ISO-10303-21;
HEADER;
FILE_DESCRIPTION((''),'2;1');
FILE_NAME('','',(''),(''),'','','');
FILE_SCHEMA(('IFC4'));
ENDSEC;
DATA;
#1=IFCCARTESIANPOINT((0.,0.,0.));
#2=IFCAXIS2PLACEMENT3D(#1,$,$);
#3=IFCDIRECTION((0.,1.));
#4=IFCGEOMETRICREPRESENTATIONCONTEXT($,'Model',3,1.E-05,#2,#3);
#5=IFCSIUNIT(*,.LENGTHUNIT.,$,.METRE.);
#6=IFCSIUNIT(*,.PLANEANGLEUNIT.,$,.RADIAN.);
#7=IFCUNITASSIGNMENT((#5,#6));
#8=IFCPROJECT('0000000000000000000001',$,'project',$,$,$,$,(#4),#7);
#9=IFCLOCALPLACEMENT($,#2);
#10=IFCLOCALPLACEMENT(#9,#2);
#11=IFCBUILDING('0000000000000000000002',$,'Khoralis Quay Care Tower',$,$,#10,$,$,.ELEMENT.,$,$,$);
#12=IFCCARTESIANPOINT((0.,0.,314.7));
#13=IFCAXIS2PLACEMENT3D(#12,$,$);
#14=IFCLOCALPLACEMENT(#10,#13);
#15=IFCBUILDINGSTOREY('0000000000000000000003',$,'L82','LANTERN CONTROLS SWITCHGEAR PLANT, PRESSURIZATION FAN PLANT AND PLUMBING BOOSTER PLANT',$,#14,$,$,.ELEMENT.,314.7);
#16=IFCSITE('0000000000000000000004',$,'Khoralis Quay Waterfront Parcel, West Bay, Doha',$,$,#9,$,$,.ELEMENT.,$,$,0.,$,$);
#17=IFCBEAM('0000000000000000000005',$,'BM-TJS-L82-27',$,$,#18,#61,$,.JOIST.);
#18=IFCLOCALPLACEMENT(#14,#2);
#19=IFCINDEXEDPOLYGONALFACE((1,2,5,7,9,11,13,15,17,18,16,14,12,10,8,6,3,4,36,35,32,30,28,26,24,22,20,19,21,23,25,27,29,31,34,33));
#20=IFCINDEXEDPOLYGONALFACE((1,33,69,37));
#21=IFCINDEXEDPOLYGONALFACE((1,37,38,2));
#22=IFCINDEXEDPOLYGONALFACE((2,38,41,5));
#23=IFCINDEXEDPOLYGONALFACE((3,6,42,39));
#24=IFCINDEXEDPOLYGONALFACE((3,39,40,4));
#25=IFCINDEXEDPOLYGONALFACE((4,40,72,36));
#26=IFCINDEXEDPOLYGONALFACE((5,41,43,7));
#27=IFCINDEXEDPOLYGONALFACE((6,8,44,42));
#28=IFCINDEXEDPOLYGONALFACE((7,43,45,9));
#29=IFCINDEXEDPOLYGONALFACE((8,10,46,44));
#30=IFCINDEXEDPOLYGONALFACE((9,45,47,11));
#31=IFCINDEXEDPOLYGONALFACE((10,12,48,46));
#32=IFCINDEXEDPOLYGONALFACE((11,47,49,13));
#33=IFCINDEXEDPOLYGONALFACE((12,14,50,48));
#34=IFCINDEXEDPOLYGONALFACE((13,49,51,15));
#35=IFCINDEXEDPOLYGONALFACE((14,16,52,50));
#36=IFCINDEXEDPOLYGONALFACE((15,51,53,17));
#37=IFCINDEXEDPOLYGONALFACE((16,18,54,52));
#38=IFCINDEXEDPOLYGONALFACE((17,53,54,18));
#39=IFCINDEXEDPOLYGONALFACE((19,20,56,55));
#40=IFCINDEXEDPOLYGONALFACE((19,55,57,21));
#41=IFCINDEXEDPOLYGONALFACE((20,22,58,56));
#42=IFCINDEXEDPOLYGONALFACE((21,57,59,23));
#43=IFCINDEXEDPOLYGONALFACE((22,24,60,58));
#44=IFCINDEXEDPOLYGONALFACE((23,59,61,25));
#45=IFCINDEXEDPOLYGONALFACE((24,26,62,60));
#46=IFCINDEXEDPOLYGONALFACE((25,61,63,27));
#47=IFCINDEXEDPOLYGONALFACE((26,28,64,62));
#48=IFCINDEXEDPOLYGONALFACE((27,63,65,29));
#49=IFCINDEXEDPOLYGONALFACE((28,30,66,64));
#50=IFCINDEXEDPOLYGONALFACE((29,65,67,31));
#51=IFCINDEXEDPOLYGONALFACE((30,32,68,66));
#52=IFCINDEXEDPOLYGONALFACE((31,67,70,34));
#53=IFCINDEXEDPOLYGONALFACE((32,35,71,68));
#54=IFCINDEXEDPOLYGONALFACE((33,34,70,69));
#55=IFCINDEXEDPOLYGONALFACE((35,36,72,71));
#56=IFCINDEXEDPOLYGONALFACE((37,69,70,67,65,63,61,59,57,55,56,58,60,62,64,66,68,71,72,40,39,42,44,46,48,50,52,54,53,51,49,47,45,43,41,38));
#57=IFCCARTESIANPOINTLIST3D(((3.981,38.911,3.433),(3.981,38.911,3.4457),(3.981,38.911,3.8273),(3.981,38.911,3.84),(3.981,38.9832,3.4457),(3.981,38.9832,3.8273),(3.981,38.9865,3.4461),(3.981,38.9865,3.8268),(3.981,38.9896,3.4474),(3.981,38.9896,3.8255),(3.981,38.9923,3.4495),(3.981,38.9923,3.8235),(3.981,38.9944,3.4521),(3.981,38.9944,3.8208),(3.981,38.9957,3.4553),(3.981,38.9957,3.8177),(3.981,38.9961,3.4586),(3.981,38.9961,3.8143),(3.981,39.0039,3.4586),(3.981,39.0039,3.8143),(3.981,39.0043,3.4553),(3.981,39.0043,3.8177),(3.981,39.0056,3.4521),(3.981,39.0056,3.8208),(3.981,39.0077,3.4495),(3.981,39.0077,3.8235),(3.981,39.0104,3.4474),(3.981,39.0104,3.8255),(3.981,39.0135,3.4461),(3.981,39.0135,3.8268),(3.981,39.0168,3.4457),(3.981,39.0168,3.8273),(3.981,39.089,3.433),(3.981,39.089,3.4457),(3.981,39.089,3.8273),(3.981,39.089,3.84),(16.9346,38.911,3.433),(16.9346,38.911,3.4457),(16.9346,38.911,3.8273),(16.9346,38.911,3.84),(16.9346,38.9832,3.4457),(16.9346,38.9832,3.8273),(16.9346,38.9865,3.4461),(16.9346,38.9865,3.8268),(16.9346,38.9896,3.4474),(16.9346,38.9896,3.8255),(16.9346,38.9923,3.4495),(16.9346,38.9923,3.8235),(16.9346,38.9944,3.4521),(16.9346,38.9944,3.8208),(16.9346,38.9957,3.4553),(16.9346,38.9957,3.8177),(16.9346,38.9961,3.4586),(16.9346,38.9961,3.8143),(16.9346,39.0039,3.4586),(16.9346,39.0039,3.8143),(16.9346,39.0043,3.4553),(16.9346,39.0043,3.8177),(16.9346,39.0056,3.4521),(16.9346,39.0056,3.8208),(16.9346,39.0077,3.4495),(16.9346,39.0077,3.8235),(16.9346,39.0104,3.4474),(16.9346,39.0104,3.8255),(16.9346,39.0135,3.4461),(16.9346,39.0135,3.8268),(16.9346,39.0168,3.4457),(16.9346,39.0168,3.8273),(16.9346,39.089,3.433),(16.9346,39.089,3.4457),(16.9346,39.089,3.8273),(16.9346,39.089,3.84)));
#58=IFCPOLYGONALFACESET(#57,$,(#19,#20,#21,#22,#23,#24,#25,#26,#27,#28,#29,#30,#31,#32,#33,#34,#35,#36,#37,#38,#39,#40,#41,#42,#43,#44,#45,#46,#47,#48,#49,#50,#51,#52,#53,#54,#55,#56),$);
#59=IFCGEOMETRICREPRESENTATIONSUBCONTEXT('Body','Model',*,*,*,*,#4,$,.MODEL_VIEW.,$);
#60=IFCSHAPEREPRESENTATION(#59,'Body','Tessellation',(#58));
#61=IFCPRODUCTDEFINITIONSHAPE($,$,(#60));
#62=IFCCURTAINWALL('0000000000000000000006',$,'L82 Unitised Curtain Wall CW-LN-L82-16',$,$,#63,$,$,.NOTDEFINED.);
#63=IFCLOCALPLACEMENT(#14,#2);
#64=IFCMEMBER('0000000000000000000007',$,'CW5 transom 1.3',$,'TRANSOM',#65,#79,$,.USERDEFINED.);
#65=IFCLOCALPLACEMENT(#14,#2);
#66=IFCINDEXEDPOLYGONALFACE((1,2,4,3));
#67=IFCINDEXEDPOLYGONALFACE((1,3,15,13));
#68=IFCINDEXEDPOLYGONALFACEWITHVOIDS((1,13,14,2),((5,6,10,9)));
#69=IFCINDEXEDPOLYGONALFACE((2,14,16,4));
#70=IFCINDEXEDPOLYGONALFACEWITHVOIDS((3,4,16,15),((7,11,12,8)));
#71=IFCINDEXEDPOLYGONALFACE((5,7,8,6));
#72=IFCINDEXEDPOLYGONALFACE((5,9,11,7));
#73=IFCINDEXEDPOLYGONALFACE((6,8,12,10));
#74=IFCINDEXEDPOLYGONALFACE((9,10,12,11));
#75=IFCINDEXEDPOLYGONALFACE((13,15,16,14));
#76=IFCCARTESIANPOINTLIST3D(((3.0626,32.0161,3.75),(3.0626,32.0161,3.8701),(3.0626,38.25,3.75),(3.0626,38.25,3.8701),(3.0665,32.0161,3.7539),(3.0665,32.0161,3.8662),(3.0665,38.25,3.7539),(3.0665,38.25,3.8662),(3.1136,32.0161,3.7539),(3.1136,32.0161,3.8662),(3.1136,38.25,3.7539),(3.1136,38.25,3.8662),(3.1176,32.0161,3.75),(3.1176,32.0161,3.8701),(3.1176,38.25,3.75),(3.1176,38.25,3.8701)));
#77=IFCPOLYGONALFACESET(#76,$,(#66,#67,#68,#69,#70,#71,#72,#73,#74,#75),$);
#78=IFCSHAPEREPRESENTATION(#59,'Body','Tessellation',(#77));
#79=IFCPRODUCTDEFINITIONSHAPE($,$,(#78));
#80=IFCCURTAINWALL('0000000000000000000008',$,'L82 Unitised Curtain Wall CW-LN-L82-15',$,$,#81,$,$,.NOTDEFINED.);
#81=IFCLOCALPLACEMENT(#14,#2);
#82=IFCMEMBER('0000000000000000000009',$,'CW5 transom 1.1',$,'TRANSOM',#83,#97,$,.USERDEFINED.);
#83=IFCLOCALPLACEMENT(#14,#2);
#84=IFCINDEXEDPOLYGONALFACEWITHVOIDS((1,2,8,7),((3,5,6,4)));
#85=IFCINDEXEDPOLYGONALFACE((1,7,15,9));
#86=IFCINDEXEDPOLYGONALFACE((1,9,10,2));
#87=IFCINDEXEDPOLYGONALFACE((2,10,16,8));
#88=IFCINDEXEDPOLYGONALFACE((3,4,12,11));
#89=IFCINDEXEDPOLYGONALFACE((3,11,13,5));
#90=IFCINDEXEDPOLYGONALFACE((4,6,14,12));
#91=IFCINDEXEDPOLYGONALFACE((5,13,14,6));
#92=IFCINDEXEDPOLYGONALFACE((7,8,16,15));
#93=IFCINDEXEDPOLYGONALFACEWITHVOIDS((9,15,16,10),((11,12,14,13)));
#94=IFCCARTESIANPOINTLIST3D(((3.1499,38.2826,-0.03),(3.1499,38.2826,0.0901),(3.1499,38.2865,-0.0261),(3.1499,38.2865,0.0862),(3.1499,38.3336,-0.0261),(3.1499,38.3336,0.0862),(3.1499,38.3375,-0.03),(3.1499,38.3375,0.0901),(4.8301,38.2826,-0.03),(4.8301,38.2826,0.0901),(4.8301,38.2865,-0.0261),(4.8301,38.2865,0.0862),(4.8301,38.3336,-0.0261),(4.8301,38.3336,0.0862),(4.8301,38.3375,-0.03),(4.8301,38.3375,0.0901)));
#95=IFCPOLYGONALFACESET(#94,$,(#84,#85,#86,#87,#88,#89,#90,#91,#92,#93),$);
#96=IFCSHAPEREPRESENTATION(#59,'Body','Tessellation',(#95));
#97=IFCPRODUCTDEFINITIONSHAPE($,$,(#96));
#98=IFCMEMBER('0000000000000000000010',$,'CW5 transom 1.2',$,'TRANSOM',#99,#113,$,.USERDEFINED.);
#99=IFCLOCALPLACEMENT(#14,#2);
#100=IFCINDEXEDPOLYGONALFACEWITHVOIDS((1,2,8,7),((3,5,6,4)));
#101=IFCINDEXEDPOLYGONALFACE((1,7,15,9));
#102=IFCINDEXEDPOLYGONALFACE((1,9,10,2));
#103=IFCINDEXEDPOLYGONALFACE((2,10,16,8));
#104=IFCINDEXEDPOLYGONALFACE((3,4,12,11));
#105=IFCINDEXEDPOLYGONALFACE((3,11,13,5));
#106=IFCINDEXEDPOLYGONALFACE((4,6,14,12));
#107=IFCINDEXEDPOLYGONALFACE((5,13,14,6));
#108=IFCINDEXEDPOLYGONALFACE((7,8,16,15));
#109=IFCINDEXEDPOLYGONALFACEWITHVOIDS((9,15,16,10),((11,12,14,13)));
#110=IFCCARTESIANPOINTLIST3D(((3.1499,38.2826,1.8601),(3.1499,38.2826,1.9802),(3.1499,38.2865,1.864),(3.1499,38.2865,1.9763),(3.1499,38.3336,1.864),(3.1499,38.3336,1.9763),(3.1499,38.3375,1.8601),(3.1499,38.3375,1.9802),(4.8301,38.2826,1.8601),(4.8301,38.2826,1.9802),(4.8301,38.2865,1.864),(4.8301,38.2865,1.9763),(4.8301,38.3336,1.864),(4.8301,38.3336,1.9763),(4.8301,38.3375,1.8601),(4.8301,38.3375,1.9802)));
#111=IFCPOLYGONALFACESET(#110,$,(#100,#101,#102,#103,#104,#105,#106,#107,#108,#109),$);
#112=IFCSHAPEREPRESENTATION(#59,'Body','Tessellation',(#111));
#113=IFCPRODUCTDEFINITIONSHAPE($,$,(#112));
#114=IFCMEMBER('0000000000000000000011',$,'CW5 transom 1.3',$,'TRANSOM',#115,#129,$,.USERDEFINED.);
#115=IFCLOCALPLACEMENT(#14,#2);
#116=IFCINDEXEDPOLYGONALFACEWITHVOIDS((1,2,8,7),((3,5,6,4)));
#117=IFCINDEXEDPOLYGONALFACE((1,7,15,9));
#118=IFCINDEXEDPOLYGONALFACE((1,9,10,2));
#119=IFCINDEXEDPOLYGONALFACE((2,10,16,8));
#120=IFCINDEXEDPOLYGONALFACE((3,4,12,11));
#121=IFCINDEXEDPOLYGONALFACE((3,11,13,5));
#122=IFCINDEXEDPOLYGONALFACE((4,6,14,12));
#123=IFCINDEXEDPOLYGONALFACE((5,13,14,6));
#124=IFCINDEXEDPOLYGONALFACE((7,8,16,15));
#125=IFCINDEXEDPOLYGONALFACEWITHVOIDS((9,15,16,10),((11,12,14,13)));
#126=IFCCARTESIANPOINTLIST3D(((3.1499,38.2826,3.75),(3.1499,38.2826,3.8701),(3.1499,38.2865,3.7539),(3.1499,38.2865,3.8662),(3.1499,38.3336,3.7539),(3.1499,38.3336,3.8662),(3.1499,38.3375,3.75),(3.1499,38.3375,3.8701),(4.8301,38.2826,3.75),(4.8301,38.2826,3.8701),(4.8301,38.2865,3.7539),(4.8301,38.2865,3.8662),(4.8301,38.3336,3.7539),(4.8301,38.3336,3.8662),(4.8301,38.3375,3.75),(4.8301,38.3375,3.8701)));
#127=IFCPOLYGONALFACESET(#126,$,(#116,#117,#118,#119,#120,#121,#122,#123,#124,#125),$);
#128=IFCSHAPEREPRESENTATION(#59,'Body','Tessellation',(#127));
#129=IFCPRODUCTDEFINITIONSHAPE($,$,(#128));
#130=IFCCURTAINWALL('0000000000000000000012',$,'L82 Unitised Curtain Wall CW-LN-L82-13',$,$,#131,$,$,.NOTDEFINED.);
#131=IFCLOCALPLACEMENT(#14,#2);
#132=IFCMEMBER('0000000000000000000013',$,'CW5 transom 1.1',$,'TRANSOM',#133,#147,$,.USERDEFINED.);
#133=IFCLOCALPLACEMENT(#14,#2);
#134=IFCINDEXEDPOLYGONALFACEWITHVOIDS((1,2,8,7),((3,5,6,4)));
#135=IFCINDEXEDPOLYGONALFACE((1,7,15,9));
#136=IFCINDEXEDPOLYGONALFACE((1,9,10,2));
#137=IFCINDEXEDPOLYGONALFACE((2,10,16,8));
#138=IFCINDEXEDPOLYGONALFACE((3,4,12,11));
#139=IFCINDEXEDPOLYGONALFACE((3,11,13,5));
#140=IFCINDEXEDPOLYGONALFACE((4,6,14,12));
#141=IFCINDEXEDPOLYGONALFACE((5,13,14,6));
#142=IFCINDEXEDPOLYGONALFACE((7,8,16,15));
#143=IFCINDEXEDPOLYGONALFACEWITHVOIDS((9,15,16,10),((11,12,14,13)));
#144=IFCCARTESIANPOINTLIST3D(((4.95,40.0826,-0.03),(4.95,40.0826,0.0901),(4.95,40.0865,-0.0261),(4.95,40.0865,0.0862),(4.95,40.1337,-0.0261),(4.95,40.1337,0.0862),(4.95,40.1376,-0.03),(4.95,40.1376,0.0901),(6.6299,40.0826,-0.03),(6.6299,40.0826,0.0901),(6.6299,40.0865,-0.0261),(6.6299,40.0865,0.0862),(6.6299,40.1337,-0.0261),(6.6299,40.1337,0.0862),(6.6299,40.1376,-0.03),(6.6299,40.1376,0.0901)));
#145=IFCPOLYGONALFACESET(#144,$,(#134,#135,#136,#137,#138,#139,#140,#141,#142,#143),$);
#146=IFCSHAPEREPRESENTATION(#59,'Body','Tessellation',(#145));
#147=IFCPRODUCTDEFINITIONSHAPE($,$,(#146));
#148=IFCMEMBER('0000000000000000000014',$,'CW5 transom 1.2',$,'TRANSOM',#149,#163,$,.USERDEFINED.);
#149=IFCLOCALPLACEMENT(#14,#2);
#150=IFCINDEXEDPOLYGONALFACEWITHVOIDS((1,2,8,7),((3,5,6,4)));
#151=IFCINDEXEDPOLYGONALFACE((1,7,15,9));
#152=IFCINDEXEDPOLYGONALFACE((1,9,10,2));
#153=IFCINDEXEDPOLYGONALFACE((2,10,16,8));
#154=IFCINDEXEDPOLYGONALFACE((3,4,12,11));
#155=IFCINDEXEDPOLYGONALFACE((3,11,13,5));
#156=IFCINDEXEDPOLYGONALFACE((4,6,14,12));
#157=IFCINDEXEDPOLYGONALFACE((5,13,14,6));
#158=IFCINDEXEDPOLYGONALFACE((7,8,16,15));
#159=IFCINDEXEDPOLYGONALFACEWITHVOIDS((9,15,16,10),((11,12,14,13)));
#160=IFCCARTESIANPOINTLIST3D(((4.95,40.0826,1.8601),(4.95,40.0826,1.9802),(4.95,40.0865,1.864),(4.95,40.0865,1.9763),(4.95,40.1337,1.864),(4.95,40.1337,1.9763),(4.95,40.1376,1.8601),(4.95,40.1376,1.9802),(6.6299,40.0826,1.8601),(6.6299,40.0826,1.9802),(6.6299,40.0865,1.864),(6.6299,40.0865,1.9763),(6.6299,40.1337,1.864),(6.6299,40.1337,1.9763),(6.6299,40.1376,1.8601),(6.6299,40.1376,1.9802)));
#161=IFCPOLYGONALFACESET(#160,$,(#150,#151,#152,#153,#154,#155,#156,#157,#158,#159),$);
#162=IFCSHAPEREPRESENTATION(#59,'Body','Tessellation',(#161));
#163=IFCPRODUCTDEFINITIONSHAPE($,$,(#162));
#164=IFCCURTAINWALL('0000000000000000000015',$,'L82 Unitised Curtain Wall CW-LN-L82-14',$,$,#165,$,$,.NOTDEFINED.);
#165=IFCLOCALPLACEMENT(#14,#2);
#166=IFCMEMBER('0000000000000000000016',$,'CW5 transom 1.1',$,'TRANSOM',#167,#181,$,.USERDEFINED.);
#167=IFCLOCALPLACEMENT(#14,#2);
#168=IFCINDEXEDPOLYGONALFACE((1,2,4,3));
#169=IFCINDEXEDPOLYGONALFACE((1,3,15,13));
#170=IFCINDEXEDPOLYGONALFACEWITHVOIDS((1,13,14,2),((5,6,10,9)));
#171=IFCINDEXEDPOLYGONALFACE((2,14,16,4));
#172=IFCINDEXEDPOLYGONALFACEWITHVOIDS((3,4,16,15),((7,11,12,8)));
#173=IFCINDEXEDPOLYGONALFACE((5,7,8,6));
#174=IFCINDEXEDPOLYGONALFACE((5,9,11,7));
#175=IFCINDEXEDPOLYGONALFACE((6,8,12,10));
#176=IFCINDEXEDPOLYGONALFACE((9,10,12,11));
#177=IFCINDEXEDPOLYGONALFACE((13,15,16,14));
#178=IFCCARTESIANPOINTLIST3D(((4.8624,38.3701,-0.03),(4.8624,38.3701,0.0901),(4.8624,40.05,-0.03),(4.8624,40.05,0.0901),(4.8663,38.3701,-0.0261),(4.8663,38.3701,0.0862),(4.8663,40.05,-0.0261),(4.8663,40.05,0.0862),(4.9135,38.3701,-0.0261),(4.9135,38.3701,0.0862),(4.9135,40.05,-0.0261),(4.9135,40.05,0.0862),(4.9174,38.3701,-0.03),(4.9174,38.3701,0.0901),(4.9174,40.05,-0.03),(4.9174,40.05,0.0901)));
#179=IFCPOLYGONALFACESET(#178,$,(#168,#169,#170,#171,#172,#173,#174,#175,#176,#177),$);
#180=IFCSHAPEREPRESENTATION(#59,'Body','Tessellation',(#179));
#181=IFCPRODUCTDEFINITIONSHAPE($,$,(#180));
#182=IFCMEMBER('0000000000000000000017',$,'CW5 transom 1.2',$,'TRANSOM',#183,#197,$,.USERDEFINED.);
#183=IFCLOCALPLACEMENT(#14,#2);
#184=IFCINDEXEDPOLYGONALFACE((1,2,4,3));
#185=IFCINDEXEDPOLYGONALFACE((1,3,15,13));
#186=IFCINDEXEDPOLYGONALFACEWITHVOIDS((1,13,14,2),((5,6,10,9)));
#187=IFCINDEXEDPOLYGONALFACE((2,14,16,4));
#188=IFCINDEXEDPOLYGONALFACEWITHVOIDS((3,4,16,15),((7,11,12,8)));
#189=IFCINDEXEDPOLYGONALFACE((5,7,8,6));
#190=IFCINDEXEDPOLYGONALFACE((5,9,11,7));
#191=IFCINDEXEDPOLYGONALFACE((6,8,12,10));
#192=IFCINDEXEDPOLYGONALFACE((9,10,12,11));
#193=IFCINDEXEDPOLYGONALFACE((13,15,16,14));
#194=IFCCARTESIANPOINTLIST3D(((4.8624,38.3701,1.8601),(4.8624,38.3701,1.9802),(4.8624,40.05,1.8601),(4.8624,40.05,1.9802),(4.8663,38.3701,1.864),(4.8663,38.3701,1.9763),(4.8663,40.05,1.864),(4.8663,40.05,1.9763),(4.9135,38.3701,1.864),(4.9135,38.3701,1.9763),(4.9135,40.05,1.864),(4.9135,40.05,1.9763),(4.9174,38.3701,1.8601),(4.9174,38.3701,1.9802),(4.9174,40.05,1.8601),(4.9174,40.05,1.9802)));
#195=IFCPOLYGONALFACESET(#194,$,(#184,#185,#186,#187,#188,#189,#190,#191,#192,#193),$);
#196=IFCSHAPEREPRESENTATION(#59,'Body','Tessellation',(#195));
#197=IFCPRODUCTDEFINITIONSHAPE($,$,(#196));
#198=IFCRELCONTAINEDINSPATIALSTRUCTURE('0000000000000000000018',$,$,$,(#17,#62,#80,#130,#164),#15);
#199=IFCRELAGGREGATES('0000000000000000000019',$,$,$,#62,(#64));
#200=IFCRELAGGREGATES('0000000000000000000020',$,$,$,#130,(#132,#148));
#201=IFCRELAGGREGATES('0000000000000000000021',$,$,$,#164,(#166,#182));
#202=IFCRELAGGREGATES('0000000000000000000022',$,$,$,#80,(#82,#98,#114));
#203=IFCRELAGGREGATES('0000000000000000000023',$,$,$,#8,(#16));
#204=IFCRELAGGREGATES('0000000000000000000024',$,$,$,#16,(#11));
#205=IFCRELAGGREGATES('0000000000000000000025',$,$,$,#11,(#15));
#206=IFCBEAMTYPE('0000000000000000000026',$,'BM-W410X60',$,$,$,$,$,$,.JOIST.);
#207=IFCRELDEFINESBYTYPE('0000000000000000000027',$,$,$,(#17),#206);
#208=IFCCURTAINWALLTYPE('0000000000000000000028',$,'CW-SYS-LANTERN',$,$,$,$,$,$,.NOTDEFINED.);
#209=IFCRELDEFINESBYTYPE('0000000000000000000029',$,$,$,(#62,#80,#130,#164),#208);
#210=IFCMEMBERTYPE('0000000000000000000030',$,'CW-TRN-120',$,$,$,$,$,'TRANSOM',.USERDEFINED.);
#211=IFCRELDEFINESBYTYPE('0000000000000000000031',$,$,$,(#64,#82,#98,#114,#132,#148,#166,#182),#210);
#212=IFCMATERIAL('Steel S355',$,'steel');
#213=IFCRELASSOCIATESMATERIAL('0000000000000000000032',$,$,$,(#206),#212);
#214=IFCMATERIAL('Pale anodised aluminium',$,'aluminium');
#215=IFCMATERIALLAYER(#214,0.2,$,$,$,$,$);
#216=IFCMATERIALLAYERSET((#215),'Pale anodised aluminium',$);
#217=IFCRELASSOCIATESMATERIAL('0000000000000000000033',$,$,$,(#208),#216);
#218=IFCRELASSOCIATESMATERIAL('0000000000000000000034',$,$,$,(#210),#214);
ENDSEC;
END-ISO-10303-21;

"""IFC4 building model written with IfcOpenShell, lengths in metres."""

from ifc_helpers import new_model, si_unit, direction, frame, origin, origin_2d, place, context, subcontext, project, spatial, hollow_rectangle, i_section, extrude, source, transform, mapped, material, layer, layer_set, material_profile, profile_set, type_object, element, aggregate, save


model = new_model("IFC4")

# Units and contexts
model_context = context("Model", 3, precision=1e-05, world=origin(), true_north=direction((0.0, 1.0)))
body_context = subcontext(model_context, "Body", "Model", "MODEL_VIEW")
ifc_project = project(units=[si_unit("LENGTHUNIT", "METRE"), si_unit("PLANEANGLEUNIT", "RADIAN")], contexts=[model_context])

# Site, building, storey
site_placement = place(None, origin())
site = spatial("IfcSite", under=ifc_project, at=site_placement, Name="Khoralis Quay Waterfront Parcel, West Bay, Doha", CompositionType="ELEMENT", RefElevation=0.0)
building_placement = place(site_placement, origin())
building = spatial("IfcBuilding", under=site, at=building_placement, Name="Khoralis Quay Care Tower", CompositionType="ELEMENT")
storey_placement = place(building_placement, frame((0.0, 0.0, 314.7)))
storey = spatial("IfcBuildingStorey", under=building, at=storey_placement, Name="L82", Description="LANTERN CONTROLS SWITCHGEAR PLANT, PRESSURIZATION FAN PLANT AND PLUMBING BOOSTER PLANT", CompositionType="ELEMENT", Elevation=314.7)

# Beam
ifc_material_1 = material(Name="Steel S355", Category="steel")
ifc_material_profile_1 = material_profile(ifc_material_1, i_section(OverallWidth=0.178, OverallDepth=0.407, WebThickness=0.0078, FlangeThickness=0.0127, FilletRadius=0.0129, at=origin_2d()), Name="Steel S355")
ifc_profile_set_1 = profile_set([ifc_material_profile_1], Name="Steel S355")
beam_type = type_object("IfcBeamType", Name="BM-W410X60", PredefinedType="JOIST", material=ifc_profile_set_1)
shared_shape_1 = source(origin(), body_context, "Body", "SweptSolid", [
    extrude(i_section(OverallWidth=0.178, OverallDepth=0.407, WebThickness=0.0078, FlangeThickness=0.0127, FilletRadius=0.0129, at=origin_2d()), origin(), (0.0, 0.0, 1.0), 12.9536),
])
beam_placement = place(storey_placement, frame((3.981, 39.0, 3.6365), z_axis=(1.0, 0.0, 0.0), x_axis=(0.0, 1.0, 0.0)))
element("IfcBeam", 1, at=beam_placement, inside=storey, type_object=beam_type, Name="BM-TJS-L82-27", PredefinedType="JOIST", context=body_context, shape_type="MappedRepresentation", body=[
    mapped(shared_shape_1, transform((0.0, 0.0, 0.0), scale=1.0)),
])

# Curtain wall, member
ifc_material_2 = material(Name="Pale anodised aluminium", Category="aluminium")
ifc_layer_1 = layer(ifc_material_2, 0.2)
ifc_layer_set_1 = layer_set([ifc_layer_1], Name="Pale anodised aluminium")
curtain_wall_type = type_object("IfcCurtainWallType", Name="CW-SYS-LANTERN", PredefinedType="NOTDEFINED", material=ifc_layer_set_1)
curtain_wall_1_placement = place(storey_placement, origin())
curtain_wall_1 = element("IfcCurtainWall", 2, at=curtain_wall_1_placement, inside=storey, type_object=curtain_wall_type, Name="L82 Unitised Curtain Wall CW-LN-L82-16", PredefinedType="NOTDEFINED")
ifc_material_profile_2 = material_profile(ifc_material_2, hollow_rectangle(XDim=0.0549, YDim=0.1201, WallThickness=0.0039, at=origin_2d()), Name="Pale anodised aluminium")
ifc_profile_set_2 = profile_set([ifc_material_profile_2], Name="Pale anodised aluminium")
member_type_1 = type_object("IfcMemberType", Name="CW-TRN-120", ElementType="TRANSOM", PredefinedType="USERDEFINED", material=ifc_profile_set_2)
shared_shape_2 = source(origin(), body_context, "Body", "SweptSolid", [
    extrude(hollow_rectangle(XDim=0.0549, YDim=0.1201, WallThickness=0.0039, at=origin_2d()), origin(), (0.0, 0.0, 1.0), 6.2339),
])
member_1_placement = place(storey_placement, frame((3.0901, 38.25, 3.8101), z_axis=(0.0, -1.0, 0.0), x_axis=(1.0, 0.0, 0.0)))
member_1 = element("IfcMember", 3, at=member_1_placement, type_object=member_type_1, Name="CW5 transom 1.3", ObjectType="TRANSOM", PredefinedType="USERDEFINED", context=body_context, shape_type="MappedRepresentation", body=[
    mapped(shared_shape_2, transform((0.0, 0.0, 0.0), scale=1.0)),
])

# Curtain walls, members
curtain_wall_2_placement = place(storey_placement, origin())
curtain_wall_2 = element("IfcCurtainWall", 4, at=curtain_wall_2_placement, inside=storey, type_object=curtain_wall_type, Name="L82 Unitised Curtain Wall CW-LN-L82-15", PredefinedType="NOTDEFINED")
shared_shape_3 = source(origin(), body_context, "Body", "SweptSolid", [
    extrude(hollow_rectangle(XDim=0.0549, YDim=0.1201, WallThickness=0.0039, at=origin_2d()), origin(), (0.0, 0.0, 1.0), 1.6802),
])
member_2_placement = place(storey_placement, frame((4.8301, 38.3101, 0.03), z_axis=(-1.0, 0.0, 0.0), x_axis=(0.0, -1.0, 0.0)))
member_2 = element("IfcMember", 5, at=member_2_placement, type_object=member_type_1, Name="CW5 transom 1.1", ObjectType="TRANSOM", PredefinedType="USERDEFINED", context=body_context, shape_type="MappedRepresentation", body=[
    mapped(shared_shape_3, transform((0.0, 0.0, 0.0), scale=1.0)),
])
member_3_placement = place(storey_placement, frame((4.8301, 38.3101, 1.9202), z_axis=(-1.0, 0.0, 0.0), x_axis=(0.0, -1.0, 0.0)))
member_3 = element("IfcMember", 6, at=member_3_placement, type_object=member_type_1, Name="CW5 transom 1.2", ObjectType="TRANSOM", PredefinedType="USERDEFINED", context=body_context, shape_type="MappedRepresentation", body=[
    mapped(shared_shape_3, transform((0.0, 0.0, 0.0), scale=1.0)),
])
member_4_placement = place(storey_placement, frame((4.8301, 38.3101, 3.8101), z_axis=(-1.0, 0.0, 0.0), x_axis=(0.0, -1.0, 0.0)))
member_4 = element("IfcMember", 7, at=member_4_placement, type_object=member_type_1, Name="CW5 transom 1.3", ObjectType="TRANSOM", PredefinedType="USERDEFINED", context=body_context, shape_type="MappedRepresentation", body=[
    mapped(shared_shape_3, transform((0.0, 0.0, 0.0), scale=1.0)),
])
curtain_wall_3_placement = place(storey_placement, origin())
curtain_wall_3 = element("IfcCurtainWall", 8, at=curtain_wall_3_placement, inside=storey, type_object=curtain_wall_type, Name="L82 Unitised Curtain Wall CW-LN-L82-13", PredefinedType="NOTDEFINED")
shared_shape_4 = source(origin(), body_context, "Body", "SweptSolid", [
    extrude(hollow_rectangle(XDim=0.0549, YDim=0.1201, WallThickness=0.0039, at=origin_2d()), origin(), (0.0, 0.0, 1.0), 1.6799),
])
member_5_placement = place(storey_placement, frame((6.6299, 40.1101, 0.03), z_axis=(-1.0, 0.0, 0.0), x_axis=(0.0, -1.0, 0.0)))
member_5 = element("IfcMember", 9, at=member_5_placement, type_object=member_type_1, Name="CW5 transom 1.1", ObjectType="TRANSOM", PredefinedType="USERDEFINED", context=body_context, shape_type="MappedRepresentation", body=[
    mapped(shared_shape_4, transform((0.0, 0.0, 0.0), scale=1.0)),
])
member_6_placement = place(storey_placement, frame((6.6299, 40.1101, 1.9202), z_axis=(-1.0, 0.0, 0.0), x_axis=(0.0, -1.0, 0.0)))
member_6 = element("IfcMember", 10, at=member_6_placement, type_object=member_type_1, Name="CW5 transom 1.2", ObjectType="TRANSOM", PredefinedType="USERDEFINED", context=body_context, shape_type="MappedRepresentation", body=[
    mapped(shared_shape_4, transform((0.0, 0.0, 0.0), scale=1.0)),
])
curtain_wall_4_placement = place(storey_placement, origin())
curtain_wall_4 = element("IfcCurtainWall", 11, at=curtain_wall_4_placement, inside=storey, type_object=curtain_wall_type, Name="L82 Unitised Curtain Wall CW-LN-L82-14", PredefinedType="NOTDEFINED")
member_7_placement = place(storey_placement, frame((4.8899, 40.05, 0.03), z_axis=(0.0, -1.0, 0.0), x_axis=(1.0, 0.0, 0.0)))
member_7 = element("IfcMember", 12, at=member_7_placement, type_object=member_type_1, Name="CW5 transom 1.1", ObjectType="TRANSOM", PredefinedType="USERDEFINED", context=body_context, shape_type="MappedRepresentation", body=[
    mapped(shared_shape_4, transform((0.0, 0.0, 0.0), scale=1.0)),
])
member_8_placement = place(storey_placement, frame((4.8899, 40.05, 1.9202), z_axis=(0.0, -1.0, 0.0), x_axis=(1.0, 0.0, 0.0)))
member_8 = element("IfcMember", 13, at=member_8_placement, type_object=member_type_1, Name="CW5 transom 1.2", ObjectType="TRANSOM", PredefinedType="USERDEFINED", context=body_context, shape_type="MappedRepresentation", body=[
    mapped(shared_shape_4, transform((0.0, 0.0, 0.0), scale=1.0)),
])

aggregate(curtain_wall_1, [member_1])

aggregate(curtain_wall_3, [member_5, member_6])
aggregate(curtain_wall_4, [member_7, member_8])
aggregate(curtain_wall_2, [member_2, member_3, member_4])

save(model, "model.ifc")
